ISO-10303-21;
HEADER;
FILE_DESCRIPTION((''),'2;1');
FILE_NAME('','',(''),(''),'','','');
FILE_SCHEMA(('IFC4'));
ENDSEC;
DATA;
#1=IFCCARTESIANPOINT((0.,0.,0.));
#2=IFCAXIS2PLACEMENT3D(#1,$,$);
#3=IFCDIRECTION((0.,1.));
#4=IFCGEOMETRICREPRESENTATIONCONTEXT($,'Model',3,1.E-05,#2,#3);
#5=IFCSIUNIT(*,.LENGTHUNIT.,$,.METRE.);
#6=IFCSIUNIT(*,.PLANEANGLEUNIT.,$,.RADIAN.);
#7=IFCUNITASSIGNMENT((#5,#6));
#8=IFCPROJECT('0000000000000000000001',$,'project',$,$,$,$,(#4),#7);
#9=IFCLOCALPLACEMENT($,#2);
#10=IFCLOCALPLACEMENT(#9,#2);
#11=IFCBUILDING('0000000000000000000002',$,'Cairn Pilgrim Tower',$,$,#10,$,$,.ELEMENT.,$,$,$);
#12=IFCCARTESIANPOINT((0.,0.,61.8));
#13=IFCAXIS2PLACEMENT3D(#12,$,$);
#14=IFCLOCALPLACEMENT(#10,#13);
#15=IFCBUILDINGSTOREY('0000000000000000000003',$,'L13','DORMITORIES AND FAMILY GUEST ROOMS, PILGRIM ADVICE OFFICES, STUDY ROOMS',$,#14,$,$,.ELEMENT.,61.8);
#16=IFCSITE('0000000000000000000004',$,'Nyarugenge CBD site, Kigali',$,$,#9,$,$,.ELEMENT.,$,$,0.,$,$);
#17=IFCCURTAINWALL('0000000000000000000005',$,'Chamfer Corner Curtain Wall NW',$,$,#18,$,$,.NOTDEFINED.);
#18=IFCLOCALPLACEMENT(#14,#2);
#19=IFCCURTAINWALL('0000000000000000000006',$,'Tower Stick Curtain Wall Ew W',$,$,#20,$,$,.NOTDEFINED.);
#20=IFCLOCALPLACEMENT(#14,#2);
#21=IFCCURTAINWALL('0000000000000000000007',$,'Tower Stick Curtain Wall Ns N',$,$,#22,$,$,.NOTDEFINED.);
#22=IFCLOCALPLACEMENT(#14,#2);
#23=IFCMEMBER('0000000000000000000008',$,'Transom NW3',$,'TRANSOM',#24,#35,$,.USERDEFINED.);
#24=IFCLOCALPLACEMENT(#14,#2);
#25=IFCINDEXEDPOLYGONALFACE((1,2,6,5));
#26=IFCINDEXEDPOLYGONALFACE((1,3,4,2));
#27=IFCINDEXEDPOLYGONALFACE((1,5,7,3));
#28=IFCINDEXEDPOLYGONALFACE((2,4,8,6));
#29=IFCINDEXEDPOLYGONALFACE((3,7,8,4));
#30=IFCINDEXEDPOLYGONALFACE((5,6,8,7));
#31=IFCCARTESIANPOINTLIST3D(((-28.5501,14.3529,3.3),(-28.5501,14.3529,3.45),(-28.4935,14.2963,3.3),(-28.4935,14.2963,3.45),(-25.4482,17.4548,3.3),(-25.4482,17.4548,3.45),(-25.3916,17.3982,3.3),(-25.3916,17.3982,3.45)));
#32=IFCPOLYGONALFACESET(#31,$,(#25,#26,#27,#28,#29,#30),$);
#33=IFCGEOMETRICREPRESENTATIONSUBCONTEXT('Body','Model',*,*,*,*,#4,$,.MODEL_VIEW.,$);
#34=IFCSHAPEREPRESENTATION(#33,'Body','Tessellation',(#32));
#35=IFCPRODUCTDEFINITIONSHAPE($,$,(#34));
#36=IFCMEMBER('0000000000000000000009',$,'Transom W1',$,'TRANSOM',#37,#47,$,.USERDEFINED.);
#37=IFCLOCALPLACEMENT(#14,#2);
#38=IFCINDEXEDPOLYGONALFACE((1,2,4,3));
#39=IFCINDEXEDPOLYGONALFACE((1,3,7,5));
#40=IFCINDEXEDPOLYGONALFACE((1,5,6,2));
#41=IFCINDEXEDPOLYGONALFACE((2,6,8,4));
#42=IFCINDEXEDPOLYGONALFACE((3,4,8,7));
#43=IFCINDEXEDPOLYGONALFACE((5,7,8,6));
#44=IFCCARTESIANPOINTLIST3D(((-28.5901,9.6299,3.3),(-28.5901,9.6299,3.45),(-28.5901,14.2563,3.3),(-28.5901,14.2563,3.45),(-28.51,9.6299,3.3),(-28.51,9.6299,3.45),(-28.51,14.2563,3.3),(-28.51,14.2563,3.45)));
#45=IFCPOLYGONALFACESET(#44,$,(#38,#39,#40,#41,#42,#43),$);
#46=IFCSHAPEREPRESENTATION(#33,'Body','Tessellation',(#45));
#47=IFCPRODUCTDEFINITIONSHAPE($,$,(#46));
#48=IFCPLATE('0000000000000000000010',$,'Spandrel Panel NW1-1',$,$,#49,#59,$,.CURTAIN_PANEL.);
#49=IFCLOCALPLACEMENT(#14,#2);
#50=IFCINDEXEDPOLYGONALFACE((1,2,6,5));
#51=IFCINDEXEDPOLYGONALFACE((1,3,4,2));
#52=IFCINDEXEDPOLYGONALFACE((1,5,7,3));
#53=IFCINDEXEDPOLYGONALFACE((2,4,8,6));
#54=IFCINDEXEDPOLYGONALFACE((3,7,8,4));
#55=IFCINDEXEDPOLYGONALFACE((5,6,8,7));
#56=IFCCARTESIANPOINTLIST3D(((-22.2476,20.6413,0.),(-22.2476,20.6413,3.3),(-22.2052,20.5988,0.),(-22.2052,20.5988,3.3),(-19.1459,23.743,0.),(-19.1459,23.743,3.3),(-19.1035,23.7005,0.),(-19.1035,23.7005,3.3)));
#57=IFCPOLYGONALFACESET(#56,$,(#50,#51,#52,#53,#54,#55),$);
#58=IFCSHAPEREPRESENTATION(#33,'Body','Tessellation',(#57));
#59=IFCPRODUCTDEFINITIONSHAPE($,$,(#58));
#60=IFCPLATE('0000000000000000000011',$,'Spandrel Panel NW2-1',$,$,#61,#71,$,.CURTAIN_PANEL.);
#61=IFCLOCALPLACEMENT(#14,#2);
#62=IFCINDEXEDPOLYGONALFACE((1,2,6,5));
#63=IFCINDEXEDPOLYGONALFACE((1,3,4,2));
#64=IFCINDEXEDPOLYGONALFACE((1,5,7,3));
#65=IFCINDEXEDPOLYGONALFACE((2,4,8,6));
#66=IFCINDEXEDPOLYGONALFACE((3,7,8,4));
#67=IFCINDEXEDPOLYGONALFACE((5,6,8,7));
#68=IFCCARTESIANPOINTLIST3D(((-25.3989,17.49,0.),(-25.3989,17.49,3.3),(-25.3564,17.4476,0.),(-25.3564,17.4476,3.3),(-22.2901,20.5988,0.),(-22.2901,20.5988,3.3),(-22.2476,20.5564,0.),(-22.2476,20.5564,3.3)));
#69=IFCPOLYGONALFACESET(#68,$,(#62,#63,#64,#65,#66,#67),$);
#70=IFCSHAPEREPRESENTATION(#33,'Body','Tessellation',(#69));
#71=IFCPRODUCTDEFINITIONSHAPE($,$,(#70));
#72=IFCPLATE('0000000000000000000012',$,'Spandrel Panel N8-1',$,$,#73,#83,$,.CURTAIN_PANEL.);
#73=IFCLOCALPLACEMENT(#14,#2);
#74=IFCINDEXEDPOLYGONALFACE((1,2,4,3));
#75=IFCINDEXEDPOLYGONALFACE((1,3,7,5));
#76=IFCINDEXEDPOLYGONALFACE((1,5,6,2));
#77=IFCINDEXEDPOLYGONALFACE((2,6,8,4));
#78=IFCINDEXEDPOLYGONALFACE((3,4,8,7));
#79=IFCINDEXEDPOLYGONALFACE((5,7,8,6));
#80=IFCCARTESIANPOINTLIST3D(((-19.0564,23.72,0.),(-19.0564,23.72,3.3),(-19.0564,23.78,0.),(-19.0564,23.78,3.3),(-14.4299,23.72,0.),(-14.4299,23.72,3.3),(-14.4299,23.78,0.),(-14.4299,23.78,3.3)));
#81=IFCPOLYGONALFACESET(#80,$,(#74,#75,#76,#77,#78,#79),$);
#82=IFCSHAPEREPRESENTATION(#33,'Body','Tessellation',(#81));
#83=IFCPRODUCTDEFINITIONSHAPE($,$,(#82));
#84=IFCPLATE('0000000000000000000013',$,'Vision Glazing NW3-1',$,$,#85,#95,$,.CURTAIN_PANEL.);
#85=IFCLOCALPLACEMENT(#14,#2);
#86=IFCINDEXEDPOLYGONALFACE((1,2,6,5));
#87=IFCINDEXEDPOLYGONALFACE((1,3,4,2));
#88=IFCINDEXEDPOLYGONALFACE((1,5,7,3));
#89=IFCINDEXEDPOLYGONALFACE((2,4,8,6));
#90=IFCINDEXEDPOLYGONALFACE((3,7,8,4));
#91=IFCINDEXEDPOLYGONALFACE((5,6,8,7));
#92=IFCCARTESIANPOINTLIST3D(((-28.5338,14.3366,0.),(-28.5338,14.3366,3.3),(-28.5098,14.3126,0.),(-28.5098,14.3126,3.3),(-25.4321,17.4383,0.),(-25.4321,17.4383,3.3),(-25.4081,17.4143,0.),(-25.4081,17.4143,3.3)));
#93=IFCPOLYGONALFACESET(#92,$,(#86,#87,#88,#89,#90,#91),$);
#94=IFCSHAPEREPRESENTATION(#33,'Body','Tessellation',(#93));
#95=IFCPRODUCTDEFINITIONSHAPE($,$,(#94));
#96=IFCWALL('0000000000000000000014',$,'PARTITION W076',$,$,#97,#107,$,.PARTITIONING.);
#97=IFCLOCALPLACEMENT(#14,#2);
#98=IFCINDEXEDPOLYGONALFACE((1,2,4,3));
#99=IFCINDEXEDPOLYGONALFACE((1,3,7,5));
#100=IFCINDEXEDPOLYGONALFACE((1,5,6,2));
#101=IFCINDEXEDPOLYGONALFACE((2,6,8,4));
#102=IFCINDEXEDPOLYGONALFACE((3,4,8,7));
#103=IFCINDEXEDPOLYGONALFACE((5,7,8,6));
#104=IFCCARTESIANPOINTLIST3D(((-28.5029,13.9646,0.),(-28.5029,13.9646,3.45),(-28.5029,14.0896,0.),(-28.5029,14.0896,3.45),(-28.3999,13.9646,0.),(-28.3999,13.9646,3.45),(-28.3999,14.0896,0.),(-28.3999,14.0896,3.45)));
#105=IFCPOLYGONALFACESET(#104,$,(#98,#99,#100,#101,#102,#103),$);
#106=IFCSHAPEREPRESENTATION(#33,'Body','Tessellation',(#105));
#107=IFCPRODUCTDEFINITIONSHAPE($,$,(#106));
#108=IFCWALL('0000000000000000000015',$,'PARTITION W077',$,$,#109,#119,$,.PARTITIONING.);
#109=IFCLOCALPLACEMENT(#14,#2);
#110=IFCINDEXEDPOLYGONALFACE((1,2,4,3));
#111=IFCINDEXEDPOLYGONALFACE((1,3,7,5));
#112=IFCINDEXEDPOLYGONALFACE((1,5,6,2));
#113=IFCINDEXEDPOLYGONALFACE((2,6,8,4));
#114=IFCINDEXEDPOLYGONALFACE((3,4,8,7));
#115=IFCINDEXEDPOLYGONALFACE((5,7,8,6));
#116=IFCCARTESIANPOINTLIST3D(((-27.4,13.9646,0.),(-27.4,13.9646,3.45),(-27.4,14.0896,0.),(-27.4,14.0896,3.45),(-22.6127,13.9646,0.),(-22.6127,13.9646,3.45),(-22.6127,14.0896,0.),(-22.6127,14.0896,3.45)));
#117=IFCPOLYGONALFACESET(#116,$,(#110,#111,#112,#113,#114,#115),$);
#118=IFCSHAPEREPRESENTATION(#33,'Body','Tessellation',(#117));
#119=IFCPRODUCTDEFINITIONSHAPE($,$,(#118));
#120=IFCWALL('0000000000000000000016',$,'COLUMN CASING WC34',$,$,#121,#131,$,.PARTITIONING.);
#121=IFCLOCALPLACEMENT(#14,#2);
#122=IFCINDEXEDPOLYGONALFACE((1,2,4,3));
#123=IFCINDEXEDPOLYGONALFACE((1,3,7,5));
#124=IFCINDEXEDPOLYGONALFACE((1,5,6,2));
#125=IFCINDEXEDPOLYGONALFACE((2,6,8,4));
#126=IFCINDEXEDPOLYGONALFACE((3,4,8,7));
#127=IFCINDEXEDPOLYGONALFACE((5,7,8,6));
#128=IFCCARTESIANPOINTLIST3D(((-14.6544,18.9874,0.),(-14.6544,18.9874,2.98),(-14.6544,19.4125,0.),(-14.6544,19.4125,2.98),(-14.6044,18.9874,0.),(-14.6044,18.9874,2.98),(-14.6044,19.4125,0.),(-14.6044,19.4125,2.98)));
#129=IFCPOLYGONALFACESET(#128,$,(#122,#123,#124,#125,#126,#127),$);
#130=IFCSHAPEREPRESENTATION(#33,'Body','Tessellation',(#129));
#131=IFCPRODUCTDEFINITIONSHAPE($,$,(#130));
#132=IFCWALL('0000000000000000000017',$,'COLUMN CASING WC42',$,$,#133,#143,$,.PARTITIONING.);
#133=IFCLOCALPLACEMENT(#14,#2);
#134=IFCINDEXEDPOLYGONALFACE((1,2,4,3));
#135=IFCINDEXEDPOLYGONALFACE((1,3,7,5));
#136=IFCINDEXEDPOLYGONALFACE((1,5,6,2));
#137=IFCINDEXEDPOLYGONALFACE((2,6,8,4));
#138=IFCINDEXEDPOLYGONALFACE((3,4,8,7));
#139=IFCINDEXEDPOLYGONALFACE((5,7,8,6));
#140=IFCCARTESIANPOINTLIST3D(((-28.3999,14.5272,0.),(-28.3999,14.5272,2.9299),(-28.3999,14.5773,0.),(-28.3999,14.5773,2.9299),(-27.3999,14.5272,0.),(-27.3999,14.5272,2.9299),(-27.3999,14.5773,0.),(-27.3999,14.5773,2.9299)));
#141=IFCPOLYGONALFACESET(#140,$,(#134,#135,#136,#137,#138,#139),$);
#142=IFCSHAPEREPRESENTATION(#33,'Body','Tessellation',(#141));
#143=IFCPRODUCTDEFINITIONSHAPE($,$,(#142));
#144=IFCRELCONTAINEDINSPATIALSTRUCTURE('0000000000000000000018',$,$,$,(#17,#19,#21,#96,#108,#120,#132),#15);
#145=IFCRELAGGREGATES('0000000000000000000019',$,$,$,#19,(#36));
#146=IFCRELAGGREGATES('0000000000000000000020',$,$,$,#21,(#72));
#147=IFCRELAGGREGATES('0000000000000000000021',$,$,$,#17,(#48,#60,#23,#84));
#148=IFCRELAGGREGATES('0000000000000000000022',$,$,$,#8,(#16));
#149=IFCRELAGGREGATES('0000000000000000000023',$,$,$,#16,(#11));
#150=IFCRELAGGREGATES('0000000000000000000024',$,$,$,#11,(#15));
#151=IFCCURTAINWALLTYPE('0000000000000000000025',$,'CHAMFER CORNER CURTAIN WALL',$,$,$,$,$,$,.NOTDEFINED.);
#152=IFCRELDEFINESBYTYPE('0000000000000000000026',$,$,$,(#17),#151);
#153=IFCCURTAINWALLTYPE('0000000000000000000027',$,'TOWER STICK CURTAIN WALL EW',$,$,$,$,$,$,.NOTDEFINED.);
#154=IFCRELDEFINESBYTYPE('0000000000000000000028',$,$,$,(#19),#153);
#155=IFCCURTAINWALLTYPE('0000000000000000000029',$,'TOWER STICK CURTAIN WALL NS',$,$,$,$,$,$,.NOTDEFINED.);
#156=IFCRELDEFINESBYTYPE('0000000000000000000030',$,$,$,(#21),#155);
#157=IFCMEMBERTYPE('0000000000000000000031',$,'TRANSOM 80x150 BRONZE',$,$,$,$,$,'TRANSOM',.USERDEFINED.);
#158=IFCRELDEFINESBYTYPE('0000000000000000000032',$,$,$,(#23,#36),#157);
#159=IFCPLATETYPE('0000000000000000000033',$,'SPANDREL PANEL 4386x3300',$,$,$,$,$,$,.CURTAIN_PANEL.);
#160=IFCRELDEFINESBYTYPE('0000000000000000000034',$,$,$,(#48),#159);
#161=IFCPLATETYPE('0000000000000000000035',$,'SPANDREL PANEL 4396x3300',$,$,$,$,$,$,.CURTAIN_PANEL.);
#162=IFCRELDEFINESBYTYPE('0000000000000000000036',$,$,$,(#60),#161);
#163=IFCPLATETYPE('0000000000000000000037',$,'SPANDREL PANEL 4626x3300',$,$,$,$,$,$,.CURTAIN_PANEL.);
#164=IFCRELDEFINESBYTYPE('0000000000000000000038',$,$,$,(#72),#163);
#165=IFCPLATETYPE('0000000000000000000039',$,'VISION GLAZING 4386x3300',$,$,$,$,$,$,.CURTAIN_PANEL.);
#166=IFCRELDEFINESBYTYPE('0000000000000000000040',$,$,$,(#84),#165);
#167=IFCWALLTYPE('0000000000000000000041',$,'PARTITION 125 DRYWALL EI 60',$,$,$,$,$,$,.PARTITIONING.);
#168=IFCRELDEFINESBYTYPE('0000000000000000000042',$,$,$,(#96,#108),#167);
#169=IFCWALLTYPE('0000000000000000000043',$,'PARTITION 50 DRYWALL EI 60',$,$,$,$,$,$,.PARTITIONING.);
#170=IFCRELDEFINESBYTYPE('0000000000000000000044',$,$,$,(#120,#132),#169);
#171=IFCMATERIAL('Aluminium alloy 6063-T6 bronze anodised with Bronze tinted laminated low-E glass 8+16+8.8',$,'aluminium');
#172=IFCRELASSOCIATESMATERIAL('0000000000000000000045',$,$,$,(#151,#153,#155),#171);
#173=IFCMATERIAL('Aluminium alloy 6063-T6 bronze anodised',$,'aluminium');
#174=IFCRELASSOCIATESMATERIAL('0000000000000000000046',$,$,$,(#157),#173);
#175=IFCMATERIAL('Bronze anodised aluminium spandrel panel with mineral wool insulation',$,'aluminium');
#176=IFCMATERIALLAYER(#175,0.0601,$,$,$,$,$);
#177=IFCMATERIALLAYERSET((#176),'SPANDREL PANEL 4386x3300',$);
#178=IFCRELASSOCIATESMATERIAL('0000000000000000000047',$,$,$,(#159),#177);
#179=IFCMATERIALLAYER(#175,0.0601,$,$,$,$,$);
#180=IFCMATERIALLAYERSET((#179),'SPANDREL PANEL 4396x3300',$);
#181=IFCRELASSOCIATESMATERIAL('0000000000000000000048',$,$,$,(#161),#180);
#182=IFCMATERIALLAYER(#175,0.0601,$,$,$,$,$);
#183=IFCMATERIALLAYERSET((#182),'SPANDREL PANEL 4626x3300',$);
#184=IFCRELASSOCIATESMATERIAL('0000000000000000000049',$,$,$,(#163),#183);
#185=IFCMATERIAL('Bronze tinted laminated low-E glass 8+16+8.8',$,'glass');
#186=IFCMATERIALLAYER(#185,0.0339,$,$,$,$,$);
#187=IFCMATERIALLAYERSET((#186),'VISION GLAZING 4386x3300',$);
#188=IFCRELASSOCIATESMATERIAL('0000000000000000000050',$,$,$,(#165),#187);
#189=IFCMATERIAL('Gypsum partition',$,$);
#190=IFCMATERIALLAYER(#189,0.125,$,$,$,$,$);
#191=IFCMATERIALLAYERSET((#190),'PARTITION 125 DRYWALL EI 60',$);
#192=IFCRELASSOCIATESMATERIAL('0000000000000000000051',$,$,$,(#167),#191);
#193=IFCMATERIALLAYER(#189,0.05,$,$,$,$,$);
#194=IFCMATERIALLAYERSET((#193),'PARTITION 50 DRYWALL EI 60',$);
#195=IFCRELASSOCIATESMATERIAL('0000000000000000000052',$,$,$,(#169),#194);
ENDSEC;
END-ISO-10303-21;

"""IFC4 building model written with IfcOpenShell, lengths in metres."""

from ifc_helpers import new_model, si_unit, direction, frame, frame_2d, origin, origin_2d, place, context, subcontext, project, spatial, rectangle, extrude, material, layer, layer_set, material_profile, profile_set, type_object, element, aggregate, save


model = new_model("IFC4")

# Units and contexts
model_context = context("Model", 3, precision=1e-05, world=origin(), true_north=direction((0.0, 1.0)))
body_context = subcontext(model_context, "Body", "Model", "MODEL_VIEW")
ifc_project = project(units=[si_unit("LENGTHUNIT", "METRE"), si_unit("PLANEANGLEUNIT", "RADIAN")], contexts=[model_context])

# Site, building, storey
site_placement = place(None, origin())
site = spatial("IfcSite", under=ifc_project, at=site_placement, Name="Nyarugenge CBD site, Kigali", CompositionType="ELEMENT", RefElevation=0.0)
building_placement = place(site_placement, origin())
building = spatial("IfcBuilding", under=site, at=building_placement, Name="Cairn Pilgrim Tower", CompositionType="ELEMENT")
storey_placement = place(building_placement, frame((0.0, 0.0, 61.8)))
storey = spatial("IfcBuildingStorey", under=building, at=storey_placement, Name="L13", Description="DORMITORIES AND FAMILY GUEST ROOMS, PILGRIM ADVICE OFFICES, STUDY ROOMS", CompositionType="ELEMENT", Elevation=61.8)

# Curtain wall
ifc_material_1 = material(Name="Aluminium alloy 6063-T6 bronze anodised with Bronze tinted laminated low-E glass 8+16+8.8", Category="aluminium")
curtain_wall_type_1 = type_object("IfcCurtainWallType", Name="CHAMFER CORNER CURTAIN WALL", PredefinedType="NOTDEFINED", material=ifc_material_1)
curtain_wall_1_placement = place(storey_placement, origin())
curtain_wall_1 = element("IfcCurtainWall", 1, at=curtain_wall_1_placement, inside=storey, type_object=curtain_wall_type_1, Name="Chamfer Corner Curtain Wall NW", PredefinedType="NOTDEFINED")
ifc_material_2 = material(Name="Aluminium alloy 6063-T6 bronze anodised", Category="aluminium")

# Curtain wall
curtain_wall_type_2 = type_object("IfcCurtainWallType", Name="TOWER STICK CURTAIN WALL EW", PredefinedType="NOTDEFINED", material=ifc_material_1)
curtain_wall_2_placement = place(storey_placement, origin())
curtain_wall_2 = element("IfcCurtainWall", 2, at=curtain_wall_2_placement, inside=storey, type_object=curtain_wall_type_2, Name="Tower Stick Curtain Wall Ew W", PredefinedType="NOTDEFINED")

# Curtain wall
curtain_wall_type_3 = type_object("IfcCurtainWallType", Name="TOWER STICK CURTAIN WALL NS", PredefinedType="NOTDEFINED", material=ifc_material_1)
curtain_wall_3_placement = place(storey_placement, origin())
curtain_wall_3 = element("IfcCurtainWall", 3, at=curtain_wall_3_placement, inside=storey, type_object=curtain_wall_type_3, Name="Tower Stick Curtain Wall Ns N", PredefinedType="NOTDEFINED")
ifc_material_profile_1 = material_profile(ifc_material_2, rectangle(XDim=0.0801, YDim=0.1499, at=origin_2d()), Name="TRANSOM 80x150 BRONZE")
ifc_profile_set_1 = profile_set([ifc_material_profile_1], Name="Aluminium alloy 6063-T6 bronze anodised")
member_type_1 = type_object("IfcMemberType", Name="TRANSOM 80x150 BRONZE", ElementType="TRANSOM", PredefinedType="USERDEFINED", material=ifc_profile_set_1)

# Members
member_1_placement = place(storey_placement, frame((-25.4199, 17.4265, 3.375), z_axis=(-0.707107, -0.707107, 0.0), x_axis=(0.707107, -0.707107, 0.0)))
member_1 = element("IfcMember", 4, at=member_1_placement, type_object=member_type_1, Name="Transom NW3", ObjectType="TRANSOM", PredefinedType="USERDEFINED", context=body_context, shape_type="SweptSolid", body=[
    extrude(rectangle(XDim=0.0801, YDim=0.1499, at=origin_2d()), origin(), (0.0, 0.0, 1.0), 4.3867),
])
member_2_placement = place(storey_placement, frame((-28.55, 14.2563, 3.375), z_axis=(0.0, -1.0, 0.0), x_axis=(1.0, 0.0, 0.0)))
member_2 = element("IfcMember", 5, at=member_2_placement, type_object=member_type_1, Name="Transom W1", ObjectType="TRANSOM", PredefinedType="USERDEFINED", context=body_context, shape_type="SweptSolid", body=[
    extrude(rectangle(XDim=0.0801, YDim=0.1499, at=origin_2d()), origin(), (0.0, 0.0, 1.0), 4.6265),
])
aggregate(curtain_wall_2, [member_2])

# Plates
ifc_material_3 = material(Name="Bronze anodised aluminium spandrel panel with mineral wool insulation", Category="aluminium")
ifc_layer_1 = layer(ifc_material_3, 0.0601)
ifc_layer_set_1 = layer_set([ifc_layer_1], Name="SPANDREL PANEL 4386x3300")
plate_type_1 = type_object("IfcPlateType", Name="SPANDREL PANEL 4386x3300", PredefinedType="CURTAIN_PANEL", material=ifc_layer_set_1)
plate_1_placement = place(storey_placement, frame((-20.6755, 22.1709, 0.0), z_axis=(0.0, 0.0, 1.0), x_axis=(-0.707107, -0.707107, 0.0)))
plate_1 = element("IfcPlate", 6, at=plate_1_placement, type_object=plate_type_1, Name="Spandrel Panel NW1-1", PredefinedType="CURTAIN_PANEL", context=body_context, shape_type="SweptSolid", body=[
    extrude(rectangle(XDim=4.3865, YDim=0.0601, at=origin_2d()), origin(), (0.0, 0.0, 1.0), 3.3),
])
ifc_layer_2 = layer(ifc_material_3, 0.0601)
ifc_layer_set_2 = layer_set([ifc_layer_2], Name="SPANDREL PANEL 4396x3300")
plate_type_2 = type_object("IfcPlateType", Name="SPANDREL PANEL 4396x3300", PredefinedType="CURTAIN_PANEL", material=ifc_layer_set_2)
plate_2_placement = place(storey_placement, frame((-23.8232, 19.0232, 0.0), z_axis=(0.0, 0.0, 1.0), x_axis=(-0.707107, -0.707107, 0.0)))
plate_2 = element("IfcPlate", 7, at=plate_2_placement, type_object=plate_type_2, Name="Spandrel Panel NW2-1", PredefinedType="CURTAIN_PANEL", context=body_context, shape_type="SweptSolid", body=[
    extrude(rectangle(XDim=4.3965, YDim=0.0601, at=origin_2d()), origin(), (0.0, 0.0, 1.0), 3.3),
])
ifc_layer_3 = layer(ifc_material_3, 0.0601)
ifc_layer_set_3 = layer_set([ifc_layer_3], Name="SPANDREL PANEL 4626x3300")
plate_type_3 = type_object("IfcPlateType", Name="SPANDREL PANEL 4626x3300", PredefinedType="CURTAIN_PANEL", material=ifc_layer_set_3)
plate_3_placement = place(storey_placement, frame((-16.7432, 23.75, 0.0), z_axis=(0.0, 0.0, 1.0), x_axis=(-1.0, 0.0, 0.0)))
plate_3 = element("IfcPlate", 8, at=plate_3_placement, type_object=plate_type_3, Name="Spandrel Panel N8-1", PredefinedType="CURTAIN_PANEL", context=body_context, shape_type="SweptSolid", body=[
    extrude(rectangle(XDim=4.6265, YDim=0.0601, at=origin_2d()), origin(), (0.0, 0.0, 1.0), 3.3),
])
aggregate(curtain_wall_3, [plate_3])
ifc_material_4 = material(Name="Bronze tinted laminated low-E glass 8+16+8.8", Category="glass")
ifc_layer_4 = layer(ifc_material_4, 0.0339)
ifc_layer_set_4 = layer_set([ifc_layer_4], Name="VISION GLAZING 4386x3300")
plate_type_4 = type_object("IfcPlateType", Name="VISION GLAZING 4386x3300", PredefinedType="CURTAIN_PANEL", material=ifc_layer_set_4)
plate_4_placement = place(storey_placement, frame((-26.9709, 15.8755, 0.0), z_axis=(0.0, 0.0, 1.0), x_axis=(-0.707107, -0.707107, 0.0)))
plate_4 = element("IfcPlate", 9, at=plate_4_placement, type_object=plate_type_4, Name="Vision Glazing NW3-1", PredefinedType="CURTAIN_PANEL", context=body_context, shape_type="SweptSolid", body=[
    extrude(rectangle(XDim=4.3865, YDim=0.0339, at=origin_2d()), origin(), (0.0, 0.0, 1.0), 3.3),
])
aggregate(curtain_wall_1, [plate_1, plate_2, member_1, plate_4])

# Walls
ifc_material_5 = material(Name="Gypsum partition")
ifc_layer_5 = layer(ifc_material_5, 0.125)
ifc_layer_set_5 = layer_set([ifc_layer_5], Name="PARTITION 125 DRYWALL EI 60")
wall_type_1 = type_object("IfcWallType", Name="PARTITION 125 DRYWALL EI 60", PredefinedType="PARTITIONING", material=ifc_layer_set_5)
wall_1_placement = place(storey_placement, frame((-28.5029, 14.0271, 0.0), z_axis=(0.0, 0.0, 1.0), x_axis=(1.0, 0.0, 0.0)))
element("IfcWall", 10, at=wall_1_placement, inside=storey, type_object=wall_type_1, Name="PARTITION W076", PredefinedType="PARTITIONING", context=body_context, shape_type="SweptSolid", body=[
    extrude(rectangle(XDim=0.103, YDim=0.125, at=frame_2d((0.0515, 0.0))), origin(), (0.0, 0.0, 1.0), 3.45),
])
wall_2_placement = place(storey_placement, frame((-27.3999, 14.0271, 0.0), z_axis=(0.0, 0.0, 1.0), x_axis=(1.0, 0.0, 0.0)))
element("IfcWall", 11, at=wall_2_placement, inside=storey, type_object=wall_type_1, Name="PARTITION W077", PredefinedType="PARTITIONING", context=body_context, shape_type="SweptSolid", body=[
    extrude(rectangle(XDim=4.7874, YDim=0.125, at=frame_2d((2.3936, 0.0))), origin(), (0.0, 0.0, 1.0), 3.45),
])
ifc_layer_6 = layer(ifc_material_5, 0.05)
ifc_layer_set_6 = layer_set([ifc_layer_6], Name="PARTITION 50 DRYWALL EI 60")
wall_type_2 = type_object("IfcWallType", Name="PARTITION 50 DRYWALL EI 60", PredefinedType="PARTITIONING", material=ifc_layer_set_6)
wall_3_placement = place(storey_placement, frame((-14.6294, 18.9875, 0.0), z_axis=(0.0, 0.0, 1.0), x_axis=(0.0, 1.0, 0.0)))
element("IfcWall", 12, at=wall_3_placement, inside=storey, type_object=wall_type_2, Name="COLUMN CASING WC34", PredefinedType="PARTITIONING", context=body_context, shape_type="SweptSolid", body=[
    extrude(rectangle(XDim=0.425, YDim=0.05, at=frame_2d((0.2124, 0.0))), origin(), (0.0, 0.0, 1.0), 2.98),
])
wall_4_placement = place(storey_placement, frame((-28.3999, 14.5522, 0.0), z_axis=(0.0, 0.0, 1.0), x_axis=(1.0, 0.0, 0.0)))
element("IfcWall", 13, at=wall_4_placement, inside=storey, type_object=wall_type_2, Name="COLUMN CASING WC42", PredefinedType="PARTITIONING", context=body_context, shape_type="SweptSolid", body=[
    extrude(rectangle(XDim=1.0, YDim=0.05, at=frame_2d((0.5, 0.0))), origin(), (0.0, 0.0, 1.0), 2.9299),
])

save(model, "model.ifc")
